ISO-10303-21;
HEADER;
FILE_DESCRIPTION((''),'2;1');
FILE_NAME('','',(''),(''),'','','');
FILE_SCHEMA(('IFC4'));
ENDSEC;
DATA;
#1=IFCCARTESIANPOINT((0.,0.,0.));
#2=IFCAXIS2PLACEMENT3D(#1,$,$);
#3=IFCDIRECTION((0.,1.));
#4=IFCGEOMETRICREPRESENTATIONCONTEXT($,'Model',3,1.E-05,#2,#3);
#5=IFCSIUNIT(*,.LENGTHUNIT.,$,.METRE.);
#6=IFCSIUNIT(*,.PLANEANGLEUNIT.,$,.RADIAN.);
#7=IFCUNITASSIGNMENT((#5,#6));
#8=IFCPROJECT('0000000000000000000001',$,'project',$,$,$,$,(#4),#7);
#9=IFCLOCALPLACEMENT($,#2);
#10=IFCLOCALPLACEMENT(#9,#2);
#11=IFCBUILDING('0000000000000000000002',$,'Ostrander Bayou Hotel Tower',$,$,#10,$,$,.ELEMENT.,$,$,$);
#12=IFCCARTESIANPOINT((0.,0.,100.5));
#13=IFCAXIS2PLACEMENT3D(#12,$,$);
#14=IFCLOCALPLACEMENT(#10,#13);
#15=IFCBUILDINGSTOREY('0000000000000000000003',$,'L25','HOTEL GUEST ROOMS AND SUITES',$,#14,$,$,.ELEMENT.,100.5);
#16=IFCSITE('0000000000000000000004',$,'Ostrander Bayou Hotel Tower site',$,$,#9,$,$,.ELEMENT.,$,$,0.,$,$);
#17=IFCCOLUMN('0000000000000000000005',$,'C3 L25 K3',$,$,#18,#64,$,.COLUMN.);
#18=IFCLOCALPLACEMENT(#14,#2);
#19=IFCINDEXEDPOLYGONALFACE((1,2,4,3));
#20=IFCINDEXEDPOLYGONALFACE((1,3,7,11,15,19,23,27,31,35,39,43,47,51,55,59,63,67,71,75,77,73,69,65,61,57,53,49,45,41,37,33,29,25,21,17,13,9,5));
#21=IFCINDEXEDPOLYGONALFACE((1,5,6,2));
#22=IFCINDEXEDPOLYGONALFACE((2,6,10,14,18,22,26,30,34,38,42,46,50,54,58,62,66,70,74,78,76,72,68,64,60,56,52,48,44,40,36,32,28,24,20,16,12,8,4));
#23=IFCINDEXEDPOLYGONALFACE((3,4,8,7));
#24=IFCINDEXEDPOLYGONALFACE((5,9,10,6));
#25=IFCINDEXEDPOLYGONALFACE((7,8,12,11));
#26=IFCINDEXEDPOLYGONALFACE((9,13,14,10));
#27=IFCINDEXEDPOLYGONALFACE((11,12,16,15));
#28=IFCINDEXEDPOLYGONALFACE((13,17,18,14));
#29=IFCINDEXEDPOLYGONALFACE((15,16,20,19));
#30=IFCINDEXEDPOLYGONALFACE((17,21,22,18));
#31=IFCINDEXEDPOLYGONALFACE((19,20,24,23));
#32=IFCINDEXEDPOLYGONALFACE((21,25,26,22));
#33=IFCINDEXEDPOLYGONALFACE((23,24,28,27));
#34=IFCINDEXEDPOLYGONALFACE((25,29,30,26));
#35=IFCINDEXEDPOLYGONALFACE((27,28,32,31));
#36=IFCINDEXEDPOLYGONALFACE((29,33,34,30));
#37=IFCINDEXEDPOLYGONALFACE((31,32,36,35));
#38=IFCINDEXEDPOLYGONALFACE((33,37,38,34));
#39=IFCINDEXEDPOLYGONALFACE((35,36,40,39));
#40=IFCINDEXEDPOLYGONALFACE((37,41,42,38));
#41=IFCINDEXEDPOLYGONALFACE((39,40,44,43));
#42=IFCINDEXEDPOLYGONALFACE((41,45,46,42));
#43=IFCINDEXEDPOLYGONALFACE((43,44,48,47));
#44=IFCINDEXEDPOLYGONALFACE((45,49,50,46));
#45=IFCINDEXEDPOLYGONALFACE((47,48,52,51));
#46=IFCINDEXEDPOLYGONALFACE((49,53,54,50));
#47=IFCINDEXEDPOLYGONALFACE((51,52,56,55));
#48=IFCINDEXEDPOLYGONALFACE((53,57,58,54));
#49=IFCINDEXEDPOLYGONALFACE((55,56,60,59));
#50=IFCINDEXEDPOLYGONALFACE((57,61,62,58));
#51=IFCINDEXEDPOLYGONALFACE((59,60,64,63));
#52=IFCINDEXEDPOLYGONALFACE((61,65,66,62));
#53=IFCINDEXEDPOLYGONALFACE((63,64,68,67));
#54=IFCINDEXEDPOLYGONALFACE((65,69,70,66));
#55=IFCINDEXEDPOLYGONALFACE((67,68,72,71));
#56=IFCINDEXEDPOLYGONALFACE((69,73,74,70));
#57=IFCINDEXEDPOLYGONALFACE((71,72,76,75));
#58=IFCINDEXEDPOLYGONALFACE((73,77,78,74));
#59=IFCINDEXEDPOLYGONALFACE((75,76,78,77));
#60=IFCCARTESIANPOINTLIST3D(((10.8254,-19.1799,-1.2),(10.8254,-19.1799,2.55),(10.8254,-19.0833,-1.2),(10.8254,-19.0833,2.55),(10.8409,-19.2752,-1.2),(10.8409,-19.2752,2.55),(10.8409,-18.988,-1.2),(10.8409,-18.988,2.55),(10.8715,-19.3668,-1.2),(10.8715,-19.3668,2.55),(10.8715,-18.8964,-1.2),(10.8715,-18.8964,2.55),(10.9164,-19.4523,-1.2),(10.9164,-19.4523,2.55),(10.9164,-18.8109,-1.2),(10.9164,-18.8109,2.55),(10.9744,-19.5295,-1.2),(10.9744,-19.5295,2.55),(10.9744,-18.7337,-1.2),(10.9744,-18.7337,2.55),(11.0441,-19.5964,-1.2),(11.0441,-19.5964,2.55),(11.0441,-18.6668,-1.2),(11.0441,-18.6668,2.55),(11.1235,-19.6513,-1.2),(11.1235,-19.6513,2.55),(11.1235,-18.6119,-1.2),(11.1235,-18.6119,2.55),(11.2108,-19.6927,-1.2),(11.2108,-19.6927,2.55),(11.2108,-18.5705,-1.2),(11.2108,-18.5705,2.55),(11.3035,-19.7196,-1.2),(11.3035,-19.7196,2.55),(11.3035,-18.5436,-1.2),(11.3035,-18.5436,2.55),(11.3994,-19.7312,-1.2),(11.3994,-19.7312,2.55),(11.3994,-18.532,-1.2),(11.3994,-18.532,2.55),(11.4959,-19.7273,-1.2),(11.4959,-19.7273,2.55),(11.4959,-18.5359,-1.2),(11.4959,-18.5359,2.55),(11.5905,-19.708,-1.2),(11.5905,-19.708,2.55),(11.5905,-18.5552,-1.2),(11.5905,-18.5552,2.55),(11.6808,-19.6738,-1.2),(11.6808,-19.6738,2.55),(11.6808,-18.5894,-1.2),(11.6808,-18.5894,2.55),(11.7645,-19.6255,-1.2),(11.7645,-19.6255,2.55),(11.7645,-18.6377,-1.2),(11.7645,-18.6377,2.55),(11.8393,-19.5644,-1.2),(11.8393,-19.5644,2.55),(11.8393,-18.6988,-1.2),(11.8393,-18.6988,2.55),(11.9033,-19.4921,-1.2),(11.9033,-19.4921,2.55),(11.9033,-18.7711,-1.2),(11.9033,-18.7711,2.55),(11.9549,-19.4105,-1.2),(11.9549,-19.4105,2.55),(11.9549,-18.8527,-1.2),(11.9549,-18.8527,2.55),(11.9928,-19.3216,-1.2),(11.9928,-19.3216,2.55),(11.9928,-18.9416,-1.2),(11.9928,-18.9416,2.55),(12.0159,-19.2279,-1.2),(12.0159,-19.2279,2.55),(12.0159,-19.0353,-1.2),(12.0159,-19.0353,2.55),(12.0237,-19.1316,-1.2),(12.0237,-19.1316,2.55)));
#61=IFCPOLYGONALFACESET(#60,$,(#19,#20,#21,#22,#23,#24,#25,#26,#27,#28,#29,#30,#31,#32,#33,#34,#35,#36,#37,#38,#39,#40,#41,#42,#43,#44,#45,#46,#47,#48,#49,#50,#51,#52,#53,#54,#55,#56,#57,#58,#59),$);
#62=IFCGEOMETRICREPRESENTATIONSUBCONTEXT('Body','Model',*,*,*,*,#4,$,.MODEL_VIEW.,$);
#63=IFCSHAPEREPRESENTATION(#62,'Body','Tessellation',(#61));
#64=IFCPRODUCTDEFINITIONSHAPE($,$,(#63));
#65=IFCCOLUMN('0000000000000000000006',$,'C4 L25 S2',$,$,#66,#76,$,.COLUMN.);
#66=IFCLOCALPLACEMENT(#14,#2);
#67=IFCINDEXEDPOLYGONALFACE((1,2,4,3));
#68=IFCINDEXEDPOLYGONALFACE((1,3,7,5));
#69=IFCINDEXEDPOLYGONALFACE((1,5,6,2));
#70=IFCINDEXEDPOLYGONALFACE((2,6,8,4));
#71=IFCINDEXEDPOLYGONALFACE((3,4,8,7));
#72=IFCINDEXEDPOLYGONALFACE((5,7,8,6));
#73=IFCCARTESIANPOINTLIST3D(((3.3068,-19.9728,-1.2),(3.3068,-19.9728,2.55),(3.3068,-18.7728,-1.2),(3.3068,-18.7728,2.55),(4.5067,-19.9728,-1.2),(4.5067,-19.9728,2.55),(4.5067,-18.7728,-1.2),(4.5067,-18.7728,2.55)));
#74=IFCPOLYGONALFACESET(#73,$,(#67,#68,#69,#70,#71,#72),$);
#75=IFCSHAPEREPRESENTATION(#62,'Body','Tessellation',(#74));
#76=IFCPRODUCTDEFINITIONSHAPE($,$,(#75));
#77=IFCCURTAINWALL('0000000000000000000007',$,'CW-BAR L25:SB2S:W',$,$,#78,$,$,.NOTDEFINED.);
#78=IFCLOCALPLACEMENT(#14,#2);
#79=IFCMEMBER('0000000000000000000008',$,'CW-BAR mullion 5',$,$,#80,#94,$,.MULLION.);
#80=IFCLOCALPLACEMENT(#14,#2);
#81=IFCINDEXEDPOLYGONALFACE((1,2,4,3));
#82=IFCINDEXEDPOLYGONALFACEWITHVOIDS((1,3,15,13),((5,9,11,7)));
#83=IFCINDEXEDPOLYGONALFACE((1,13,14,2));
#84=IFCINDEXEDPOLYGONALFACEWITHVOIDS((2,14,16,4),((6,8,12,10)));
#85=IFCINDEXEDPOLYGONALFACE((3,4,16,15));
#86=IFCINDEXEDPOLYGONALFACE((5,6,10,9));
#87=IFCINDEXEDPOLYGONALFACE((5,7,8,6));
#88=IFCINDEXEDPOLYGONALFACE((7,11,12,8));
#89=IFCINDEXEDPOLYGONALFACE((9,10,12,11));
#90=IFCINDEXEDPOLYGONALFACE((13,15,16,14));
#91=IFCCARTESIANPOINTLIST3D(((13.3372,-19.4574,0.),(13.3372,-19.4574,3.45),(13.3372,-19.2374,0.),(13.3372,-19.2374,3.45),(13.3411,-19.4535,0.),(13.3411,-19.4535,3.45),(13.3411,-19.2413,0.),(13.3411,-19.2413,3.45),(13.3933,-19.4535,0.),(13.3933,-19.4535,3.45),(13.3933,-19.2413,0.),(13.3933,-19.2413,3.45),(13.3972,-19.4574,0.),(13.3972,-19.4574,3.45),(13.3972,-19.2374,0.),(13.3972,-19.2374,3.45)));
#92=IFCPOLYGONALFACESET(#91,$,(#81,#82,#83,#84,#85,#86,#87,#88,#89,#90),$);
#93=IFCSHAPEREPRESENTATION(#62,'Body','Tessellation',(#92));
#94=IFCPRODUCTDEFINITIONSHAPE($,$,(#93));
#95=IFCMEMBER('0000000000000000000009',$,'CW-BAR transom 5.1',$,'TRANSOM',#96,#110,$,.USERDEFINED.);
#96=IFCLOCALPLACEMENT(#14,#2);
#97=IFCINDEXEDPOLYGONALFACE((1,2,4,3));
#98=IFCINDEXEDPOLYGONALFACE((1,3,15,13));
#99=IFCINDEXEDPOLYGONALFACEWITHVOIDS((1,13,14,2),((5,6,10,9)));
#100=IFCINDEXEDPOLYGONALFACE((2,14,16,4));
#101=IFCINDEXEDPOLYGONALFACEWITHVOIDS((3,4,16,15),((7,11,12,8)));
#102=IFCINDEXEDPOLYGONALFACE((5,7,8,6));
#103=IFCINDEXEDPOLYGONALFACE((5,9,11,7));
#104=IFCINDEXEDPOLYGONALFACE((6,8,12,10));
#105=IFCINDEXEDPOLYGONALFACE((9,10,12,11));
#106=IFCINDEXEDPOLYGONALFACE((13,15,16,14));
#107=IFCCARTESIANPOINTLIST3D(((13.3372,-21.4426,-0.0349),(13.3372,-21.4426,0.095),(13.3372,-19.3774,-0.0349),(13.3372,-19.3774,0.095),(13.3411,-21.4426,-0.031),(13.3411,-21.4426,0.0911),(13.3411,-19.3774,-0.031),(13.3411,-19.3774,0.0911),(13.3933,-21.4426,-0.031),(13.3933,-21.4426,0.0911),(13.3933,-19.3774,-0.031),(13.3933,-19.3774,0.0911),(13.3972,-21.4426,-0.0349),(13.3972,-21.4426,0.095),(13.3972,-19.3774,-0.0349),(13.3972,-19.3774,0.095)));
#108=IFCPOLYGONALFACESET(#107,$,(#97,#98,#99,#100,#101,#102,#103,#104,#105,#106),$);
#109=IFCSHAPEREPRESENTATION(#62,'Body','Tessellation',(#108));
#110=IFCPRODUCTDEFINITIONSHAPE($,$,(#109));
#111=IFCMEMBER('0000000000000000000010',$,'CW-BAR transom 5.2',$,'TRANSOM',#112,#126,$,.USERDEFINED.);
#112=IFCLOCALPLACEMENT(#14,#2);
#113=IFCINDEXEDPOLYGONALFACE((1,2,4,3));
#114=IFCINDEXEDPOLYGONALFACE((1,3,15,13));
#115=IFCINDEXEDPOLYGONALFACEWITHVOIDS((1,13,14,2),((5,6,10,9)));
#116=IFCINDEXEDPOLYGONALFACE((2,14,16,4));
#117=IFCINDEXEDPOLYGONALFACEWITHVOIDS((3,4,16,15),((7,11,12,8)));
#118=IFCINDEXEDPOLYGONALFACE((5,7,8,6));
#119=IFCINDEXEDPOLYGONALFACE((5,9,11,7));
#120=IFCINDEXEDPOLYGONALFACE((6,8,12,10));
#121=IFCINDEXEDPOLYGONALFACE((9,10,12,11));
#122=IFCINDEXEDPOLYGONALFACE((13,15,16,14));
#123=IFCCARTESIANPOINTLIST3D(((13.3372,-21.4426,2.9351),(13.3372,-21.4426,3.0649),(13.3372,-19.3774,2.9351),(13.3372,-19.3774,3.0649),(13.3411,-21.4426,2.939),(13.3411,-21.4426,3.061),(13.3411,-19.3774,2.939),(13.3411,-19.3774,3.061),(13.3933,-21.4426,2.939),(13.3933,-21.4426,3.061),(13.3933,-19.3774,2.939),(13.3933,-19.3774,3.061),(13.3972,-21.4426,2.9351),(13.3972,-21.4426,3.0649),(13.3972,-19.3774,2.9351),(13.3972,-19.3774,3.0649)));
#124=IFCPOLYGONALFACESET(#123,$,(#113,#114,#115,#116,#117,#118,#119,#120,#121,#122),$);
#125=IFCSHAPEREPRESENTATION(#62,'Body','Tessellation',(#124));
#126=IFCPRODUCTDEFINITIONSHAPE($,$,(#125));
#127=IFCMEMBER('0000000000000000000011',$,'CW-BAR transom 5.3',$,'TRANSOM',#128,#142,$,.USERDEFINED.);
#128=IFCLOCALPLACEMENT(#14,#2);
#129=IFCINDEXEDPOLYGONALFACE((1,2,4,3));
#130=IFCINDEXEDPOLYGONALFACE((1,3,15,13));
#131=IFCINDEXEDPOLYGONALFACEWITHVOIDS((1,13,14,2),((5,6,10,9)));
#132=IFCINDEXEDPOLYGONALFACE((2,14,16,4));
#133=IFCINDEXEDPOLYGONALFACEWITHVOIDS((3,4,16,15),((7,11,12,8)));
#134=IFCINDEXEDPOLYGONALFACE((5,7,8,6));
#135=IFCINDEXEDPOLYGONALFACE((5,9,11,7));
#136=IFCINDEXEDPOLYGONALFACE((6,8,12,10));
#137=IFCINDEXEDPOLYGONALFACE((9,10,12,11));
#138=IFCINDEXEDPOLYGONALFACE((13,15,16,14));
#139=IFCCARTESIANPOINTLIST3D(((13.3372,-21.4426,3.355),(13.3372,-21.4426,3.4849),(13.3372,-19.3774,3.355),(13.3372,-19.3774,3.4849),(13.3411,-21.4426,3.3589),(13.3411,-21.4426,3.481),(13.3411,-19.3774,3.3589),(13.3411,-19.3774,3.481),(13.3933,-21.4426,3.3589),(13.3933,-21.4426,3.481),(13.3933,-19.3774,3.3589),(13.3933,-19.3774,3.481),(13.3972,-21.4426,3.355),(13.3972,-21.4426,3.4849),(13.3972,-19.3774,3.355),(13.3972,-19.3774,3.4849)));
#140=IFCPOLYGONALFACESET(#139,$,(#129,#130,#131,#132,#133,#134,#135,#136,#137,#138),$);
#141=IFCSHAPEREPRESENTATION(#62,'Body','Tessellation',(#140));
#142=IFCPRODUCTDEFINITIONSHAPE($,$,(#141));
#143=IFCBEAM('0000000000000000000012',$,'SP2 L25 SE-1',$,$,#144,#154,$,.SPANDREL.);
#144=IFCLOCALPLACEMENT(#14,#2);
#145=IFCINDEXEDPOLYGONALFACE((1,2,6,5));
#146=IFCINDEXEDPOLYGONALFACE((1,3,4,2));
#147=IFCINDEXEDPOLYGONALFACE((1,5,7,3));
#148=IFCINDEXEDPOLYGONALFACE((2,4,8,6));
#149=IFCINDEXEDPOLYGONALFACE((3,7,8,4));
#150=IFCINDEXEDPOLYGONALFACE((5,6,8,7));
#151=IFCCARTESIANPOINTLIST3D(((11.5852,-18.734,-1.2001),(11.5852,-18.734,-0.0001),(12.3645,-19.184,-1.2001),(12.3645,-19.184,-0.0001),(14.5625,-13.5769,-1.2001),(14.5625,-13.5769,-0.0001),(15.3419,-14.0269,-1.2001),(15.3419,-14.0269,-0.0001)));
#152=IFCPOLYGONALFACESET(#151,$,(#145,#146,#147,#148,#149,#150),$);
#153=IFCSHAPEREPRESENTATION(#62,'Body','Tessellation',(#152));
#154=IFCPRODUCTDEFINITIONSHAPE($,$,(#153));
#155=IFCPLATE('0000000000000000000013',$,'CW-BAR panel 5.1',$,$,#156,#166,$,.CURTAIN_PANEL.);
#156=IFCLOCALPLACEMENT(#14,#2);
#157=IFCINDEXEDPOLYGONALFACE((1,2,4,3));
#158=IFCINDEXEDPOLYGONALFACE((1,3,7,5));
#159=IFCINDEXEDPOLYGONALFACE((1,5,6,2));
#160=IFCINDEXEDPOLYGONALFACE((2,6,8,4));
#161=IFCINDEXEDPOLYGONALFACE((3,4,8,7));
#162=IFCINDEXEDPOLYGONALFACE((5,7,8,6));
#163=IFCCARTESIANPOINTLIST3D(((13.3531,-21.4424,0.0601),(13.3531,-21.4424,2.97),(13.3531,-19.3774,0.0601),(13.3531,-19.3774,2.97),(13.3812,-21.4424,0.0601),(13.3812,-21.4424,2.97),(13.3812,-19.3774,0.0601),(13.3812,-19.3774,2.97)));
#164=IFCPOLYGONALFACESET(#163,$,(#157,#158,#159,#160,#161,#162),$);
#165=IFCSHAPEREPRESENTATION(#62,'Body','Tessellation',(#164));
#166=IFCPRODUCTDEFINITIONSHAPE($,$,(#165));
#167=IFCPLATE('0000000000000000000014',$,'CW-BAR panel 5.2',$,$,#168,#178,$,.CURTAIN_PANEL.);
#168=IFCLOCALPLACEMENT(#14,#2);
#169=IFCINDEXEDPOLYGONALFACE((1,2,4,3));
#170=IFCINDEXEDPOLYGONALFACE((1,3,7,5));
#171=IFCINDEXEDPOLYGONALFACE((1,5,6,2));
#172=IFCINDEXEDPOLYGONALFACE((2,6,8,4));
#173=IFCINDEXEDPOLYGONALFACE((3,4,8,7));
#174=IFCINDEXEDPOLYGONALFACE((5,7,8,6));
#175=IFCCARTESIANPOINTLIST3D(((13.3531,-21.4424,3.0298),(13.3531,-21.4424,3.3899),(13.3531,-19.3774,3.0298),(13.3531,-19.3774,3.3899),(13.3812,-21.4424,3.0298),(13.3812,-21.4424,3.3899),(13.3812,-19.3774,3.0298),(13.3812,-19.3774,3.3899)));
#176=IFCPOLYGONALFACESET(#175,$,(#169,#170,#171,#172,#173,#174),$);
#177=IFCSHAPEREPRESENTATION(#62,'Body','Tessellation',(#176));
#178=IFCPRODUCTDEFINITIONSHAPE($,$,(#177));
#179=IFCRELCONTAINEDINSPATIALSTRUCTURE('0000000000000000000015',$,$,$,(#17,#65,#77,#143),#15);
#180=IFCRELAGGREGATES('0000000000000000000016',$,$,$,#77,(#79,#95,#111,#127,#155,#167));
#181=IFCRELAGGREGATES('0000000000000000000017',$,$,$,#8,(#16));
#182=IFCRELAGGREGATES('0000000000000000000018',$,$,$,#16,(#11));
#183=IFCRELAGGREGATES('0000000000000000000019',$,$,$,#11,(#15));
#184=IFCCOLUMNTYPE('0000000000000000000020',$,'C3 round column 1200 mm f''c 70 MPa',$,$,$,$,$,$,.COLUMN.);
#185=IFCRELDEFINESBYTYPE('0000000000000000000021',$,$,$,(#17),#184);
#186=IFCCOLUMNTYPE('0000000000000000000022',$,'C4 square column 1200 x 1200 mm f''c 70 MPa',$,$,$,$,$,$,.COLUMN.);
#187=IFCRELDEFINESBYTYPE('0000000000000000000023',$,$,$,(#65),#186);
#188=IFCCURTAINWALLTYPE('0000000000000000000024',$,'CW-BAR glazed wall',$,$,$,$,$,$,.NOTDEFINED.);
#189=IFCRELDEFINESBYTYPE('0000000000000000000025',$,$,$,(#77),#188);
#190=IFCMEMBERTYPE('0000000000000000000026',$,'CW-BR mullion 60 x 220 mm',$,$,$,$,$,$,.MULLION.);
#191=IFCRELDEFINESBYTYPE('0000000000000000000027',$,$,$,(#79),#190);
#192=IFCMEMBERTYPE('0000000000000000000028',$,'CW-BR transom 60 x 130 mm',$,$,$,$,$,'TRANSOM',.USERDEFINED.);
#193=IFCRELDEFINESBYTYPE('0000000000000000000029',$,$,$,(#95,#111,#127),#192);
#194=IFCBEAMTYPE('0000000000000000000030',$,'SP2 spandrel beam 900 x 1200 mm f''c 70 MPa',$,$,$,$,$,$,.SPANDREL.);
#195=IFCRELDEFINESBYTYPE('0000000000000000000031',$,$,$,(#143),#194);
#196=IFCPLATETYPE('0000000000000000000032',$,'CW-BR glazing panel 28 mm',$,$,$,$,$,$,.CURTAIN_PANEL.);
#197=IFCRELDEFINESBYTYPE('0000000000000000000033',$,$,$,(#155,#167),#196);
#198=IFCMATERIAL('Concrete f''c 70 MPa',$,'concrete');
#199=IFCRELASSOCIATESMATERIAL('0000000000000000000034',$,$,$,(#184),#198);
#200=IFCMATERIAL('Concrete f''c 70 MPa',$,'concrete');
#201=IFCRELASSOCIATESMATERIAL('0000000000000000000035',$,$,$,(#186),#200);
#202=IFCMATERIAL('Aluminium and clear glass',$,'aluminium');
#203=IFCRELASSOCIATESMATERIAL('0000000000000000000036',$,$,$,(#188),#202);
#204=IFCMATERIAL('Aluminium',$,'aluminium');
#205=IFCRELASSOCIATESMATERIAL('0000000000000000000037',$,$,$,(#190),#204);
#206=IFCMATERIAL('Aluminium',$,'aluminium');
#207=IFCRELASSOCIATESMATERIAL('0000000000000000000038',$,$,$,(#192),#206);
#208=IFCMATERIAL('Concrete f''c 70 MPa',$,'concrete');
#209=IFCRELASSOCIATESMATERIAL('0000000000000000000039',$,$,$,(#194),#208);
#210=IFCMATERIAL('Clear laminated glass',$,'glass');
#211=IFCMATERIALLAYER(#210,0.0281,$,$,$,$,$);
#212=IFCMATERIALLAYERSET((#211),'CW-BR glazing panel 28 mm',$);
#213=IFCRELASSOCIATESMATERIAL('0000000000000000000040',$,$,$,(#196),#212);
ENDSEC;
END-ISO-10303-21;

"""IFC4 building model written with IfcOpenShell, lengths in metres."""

from ifc_helpers import new_model, si_unit, direction, frame, origin, origin_2d, place, context, subcontext, project, spatial, rectangle, hollow_rectangle, circle, extrude, material, layer, layer_set, material_profile, profile_set, type_object, element, aggregate, save


model = new_model("IFC4")

# Units and contexts
model_context = context("Model", 3, precision=1e-05, world=origin(), true_north=direction((0.0, 1.0)))
body_context = subcontext(model_context, "Body", "Model", "MODEL_VIEW")
ifc_project = project(units=[si_unit("LENGTHUNIT", "METRE"), si_unit("PLANEANGLEUNIT", "RADIAN")], contexts=[model_context])

# Site, building, storey
site_placement = place(None, origin())
site = spatial("IfcSite", under=ifc_project, at=site_placement, Name="Ostrander Bayou Hotel Tower site", CompositionType="ELEMENT", RefElevation=0.0)
building_placement = place(site_placement, origin())
building = spatial("IfcBuilding", under=site, at=building_placement, Name="Ostrander Bayou Hotel Tower", CompositionType="ELEMENT")
storey_placement = place(building_placement, frame((0.0, 0.0, 100.5)))
storey = spatial("IfcBuildingStorey", under=building, at=storey_placement, Name="L25", Description="HOTEL GUEST ROOMS AND SUITES", CompositionType="ELEMENT", Elevation=100.5)

# Columns
ifc_material_1 = material(Name="Concrete f'c 70 MPa", Category="concrete")
ifc_material_profile_1 = material_profile(ifc_material_1, circle(Radius=0.6001, at=origin_2d()))
ifc_profile_set_1 = profile_set([ifc_material_profile_1], Name="Concrete f'c 70 MPa")
column_type_1 = type_object("IfcColumnType", Name="C3 round column 1200 mm f'c 70 MPa", PredefinedType="COLUMN", material=ifc_profile_set_1)
column_1_placement = place(storey_placement, frame((11.4236, -19.1316, -1.2), z_axis=(0.0, 0.0, 1.0), x_axis=(1.0, 0.0, 0.0)))
element("IfcColumn", 1, at=column_1_placement, inside=storey, type_object=column_type_1, Name="C3 L25 K3", PredefinedType="COLUMN", context=body_context, shape_type="SweptSolid", body=[
    extrude(circle(Radius=0.6001, at=origin_2d()), origin(), (0.0, 0.0, 1.0), 3.75),
])
ifc_material_2 = material(Name="Concrete f'c 70 MPa", Category="concrete")
ifc_material_profile_2 = material_profile(ifc_material_2, rectangle(XDim=1.2, YDim=1.2, at=origin_2d()))
ifc_profile_set_2 = profile_set([ifc_material_profile_2], Name="Concrete f'c 70 MPa")
column_type_2 = type_object("IfcColumnType", Name="C4 square column 1200 x 1200 mm f'c 70 MPa", PredefinedType="COLUMN", material=ifc_profile_set_2)
column_2_placement = place(storey_placement, frame((3.9067, -19.3728, -1.2), z_axis=(0.0, 0.0, 1.0), x_axis=(-1.0, 0.0, 0.0)))
element("IfcColumn", 2, at=column_2_placement, inside=storey, type_object=column_type_2, Name="C4 L25 S2", PredefinedType="COLUMN", context=body_context, shape_type="SweptSolid", body=[
    extrude(rectangle(XDim=1.2, YDim=1.2, at=origin_2d()), origin(), (0.0, 0.0, 1.0), 3.75),
])

# Curtain wall, members
ifc_material_3 = material(Name="Aluminium and clear glass", Category="aluminium")
curtain_wall_type = type_object("IfcCurtainWallType", Name="CW-BAR glazed wall", PredefinedType="NOTDEFINED", material=ifc_material_3)
curtain_wall_placement = place(storey_placement, origin())
curtain_wall = element("IfcCurtainWall", 3, at=curtain_wall_placement, inside=storey, type_object=curtain_wall_type, Name="CW-BAR L25:SB2S:W", PredefinedType="NOTDEFINED")
ifc_material_4 = material(Name="Aluminium", Category="aluminium")
ifc_material_profile_3 = material_profile(ifc_material_4, hollow_rectangle(XDim=0.0601, YDim=0.22, WallThickness=0.0039, at=origin_2d()))
ifc_profile_set_3 = profile_set([ifc_material_profile_3], Name="Aluminium")
member_type_1 = type_object("IfcMemberType", Name="CW-BR mullion 60 x 220 mm", PredefinedType="MULLION", material=ifc_profile_set_3)
member_1_placement = place(storey_placement, frame((13.3672, -19.3474, 0.0), z_axis=(0.0, 0.0, 1.0), x_axis=(1.0, 0.0, 0.0)))
member_1 = element("IfcMember", 4, at=member_1_placement, type_object=member_type_1, Name="CW-BAR mullion 5", PredefinedType="MULLION", context=body_context, shape_type="SweptSolid", body=[
    extrude(hollow_rectangle(XDim=0.0601, YDim=0.22, WallThickness=0.0039, at=origin_2d()), origin(), (0.0, 0.0, 1.0), 3.45),
])
ifc_material_5 = material(Name="Aluminium", Category="aluminium")
ifc_material_profile_4 = material_profile(ifc_material_5, hollow_rectangle(XDim=0.0601, YDim=0.1299, WallThickness=0.0039, at=origin_2d()))
ifc_profile_set_4 = profile_set([ifc_material_profile_4], Name="Aluminium")
member_type_2 = type_object("IfcMemberType", Name="CW-BR transom 60 x 130 mm", ElementType="TRANSOM", PredefinedType="USERDEFINED", material=ifc_profile_set_4)
member_2_placement = place(storey_placement, frame((13.3672, -19.3774, 0.03), z_axis=(0.0, -1.0, 0.0), x_axis=(1.0, 0.0, 0.0)))
member_2 = element("IfcMember", 5, at=member_2_placement, type_object=member_type_2, Name="CW-BAR transom 5.1", ObjectType="TRANSOM", PredefinedType="USERDEFINED", context=body_context, shape_type="SweptSolid", body=[
    extrude(hollow_rectangle(XDim=0.0601, YDim=0.1299, WallThickness=0.0039, at=origin_2d()), origin(), (0.0, 0.0, 1.0), 2.0652),
])
member_3_placement = place(storey_placement, frame((13.3672, -19.3774, 3.0), z_axis=(0.0, -1.0, 0.0), x_axis=(1.0, 0.0, 0.0)))
member_3 = element("IfcMember", 6, at=member_3_placement, type_object=member_type_2, Name="CW-BAR transom 5.2", ObjectType="TRANSOM", PredefinedType="USERDEFINED", context=body_context, shape_type="SweptSolid", body=[
    extrude(hollow_rectangle(XDim=0.0601, YDim=0.1299, WallThickness=0.0039, at=origin_2d()), origin(), (0.0, 0.0, 1.0), 2.0652),
])
member_4_placement = place(storey_placement, frame((13.3672, -19.3774, 3.4199), z_axis=(0.0, -1.0, 0.0), x_axis=(1.0, 0.0, 0.0)))
member_4 = element("IfcMember", 7, at=member_4_placement, type_object=member_type_2, Name="CW-BAR transom 5.3", ObjectType="TRANSOM", PredefinedType="USERDEFINED", context=body_context, shape_type="SweptSolid", body=[
    extrude(hollow_rectangle(XDim=0.0601, YDim=0.1299, WallThickness=0.0039, at=origin_2d()), origin(), (0.0, 0.0, 1.0), 2.0652),
])

# Beam
ifc_material_6 = material(Name="Concrete f'c 70 MPa", Category="concrete")
ifc_material_profile_5 = material_profile(ifc_material_6, rectangle(XDim=0.8999, YDim=1.2, at=origin_2d()))
ifc_profile_set_5 = profile_set([ifc_material_profile_5], Name="Concrete f'c 70 MPa")
beam_type = type_object("IfcBeamType", Name="SP2 spandrel beam 900 x 1200 mm f'c 70 MPa", PredefinedType="SPANDREL", material=ifc_profile_set_5)
beam_placement = place(storey_placement, frame((11.9749, -18.959, -0.6001), z_axis=(0.499989, 0.866032, 0.0), x_axis=(-0.866032, 0.499989, 0.0)))
element("IfcBeam", 8, at=beam_placement, inside=storey, type_object=beam_type, Name="SP2 L25 SE-1", PredefinedType="SPANDREL", context=body_context, shape_type="SweptSolid", body=[
    extrude(rectangle(XDim=0.8999, YDim=1.2, at=origin_2d()), origin(), (0.0, 0.0, 1.0), 5.9548),
])

# Plates
ifc_material_7 = material(Name="Clear laminated glass", Category="glass")
ifc_layer_1 = layer(ifc_material_7, 0.0281)
ifc_layer_set_1 = layer_set([ifc_layer_1], Name="CW-BR glazing panel 28 mm")
plate_type = type_object("IfcPlateType", Name="CW-BR glazing panel 28 mm", PredefinedType="CURTAIN_PANEL", material=ifc_layer_set_1)
plate_1_placement = place(storey_placement, frame((13.3672, -20.4099, 0.0601), z_axis=(0.0, 0.0, 1.0), x_axis=(0.0, -1.0, 0.0)))
plate_1 = element("IfcPlate", 9, at=plate_1_placement, type_object=plate_type, Name="CW-BAR panel 5.1", PredefinedType="CURTAIN_PANEL", context=body_context, shape_type="SweptSolid", body=[
    extrude(rectangle(XDim=2.0649, YDim=0.0281, at=origin_2d()), origin(), (0.0, 0.0, 1.0), 2.9099),
])
plate_2_placement = place(storey_placement, frame((13.3672, -20.4099, 3.0298), z_axis=(0.0, 0.0, 1.0), x_axis=(0.0, -1.0, 0.0)))
plate_2 = element("IfcPlate", 10, at=plate_2_placement, type_object=plate_type, Name="CW-BAR panel 5.2", PredefinedType="CURTAIN_PANEL", context=body_context, shape_type="SweptSolid", body=[
    extrude(rectangle(XDim=2.0649, YDim=0.0281, at=origin_2d()), origin(), (0.0, 0.0, 1.0), 0.3601),
])
aggregate(curtain_wall, [member_1, member_2, member_3, member_4, plate_1, plate_2])

save(model, "model.ifc")
